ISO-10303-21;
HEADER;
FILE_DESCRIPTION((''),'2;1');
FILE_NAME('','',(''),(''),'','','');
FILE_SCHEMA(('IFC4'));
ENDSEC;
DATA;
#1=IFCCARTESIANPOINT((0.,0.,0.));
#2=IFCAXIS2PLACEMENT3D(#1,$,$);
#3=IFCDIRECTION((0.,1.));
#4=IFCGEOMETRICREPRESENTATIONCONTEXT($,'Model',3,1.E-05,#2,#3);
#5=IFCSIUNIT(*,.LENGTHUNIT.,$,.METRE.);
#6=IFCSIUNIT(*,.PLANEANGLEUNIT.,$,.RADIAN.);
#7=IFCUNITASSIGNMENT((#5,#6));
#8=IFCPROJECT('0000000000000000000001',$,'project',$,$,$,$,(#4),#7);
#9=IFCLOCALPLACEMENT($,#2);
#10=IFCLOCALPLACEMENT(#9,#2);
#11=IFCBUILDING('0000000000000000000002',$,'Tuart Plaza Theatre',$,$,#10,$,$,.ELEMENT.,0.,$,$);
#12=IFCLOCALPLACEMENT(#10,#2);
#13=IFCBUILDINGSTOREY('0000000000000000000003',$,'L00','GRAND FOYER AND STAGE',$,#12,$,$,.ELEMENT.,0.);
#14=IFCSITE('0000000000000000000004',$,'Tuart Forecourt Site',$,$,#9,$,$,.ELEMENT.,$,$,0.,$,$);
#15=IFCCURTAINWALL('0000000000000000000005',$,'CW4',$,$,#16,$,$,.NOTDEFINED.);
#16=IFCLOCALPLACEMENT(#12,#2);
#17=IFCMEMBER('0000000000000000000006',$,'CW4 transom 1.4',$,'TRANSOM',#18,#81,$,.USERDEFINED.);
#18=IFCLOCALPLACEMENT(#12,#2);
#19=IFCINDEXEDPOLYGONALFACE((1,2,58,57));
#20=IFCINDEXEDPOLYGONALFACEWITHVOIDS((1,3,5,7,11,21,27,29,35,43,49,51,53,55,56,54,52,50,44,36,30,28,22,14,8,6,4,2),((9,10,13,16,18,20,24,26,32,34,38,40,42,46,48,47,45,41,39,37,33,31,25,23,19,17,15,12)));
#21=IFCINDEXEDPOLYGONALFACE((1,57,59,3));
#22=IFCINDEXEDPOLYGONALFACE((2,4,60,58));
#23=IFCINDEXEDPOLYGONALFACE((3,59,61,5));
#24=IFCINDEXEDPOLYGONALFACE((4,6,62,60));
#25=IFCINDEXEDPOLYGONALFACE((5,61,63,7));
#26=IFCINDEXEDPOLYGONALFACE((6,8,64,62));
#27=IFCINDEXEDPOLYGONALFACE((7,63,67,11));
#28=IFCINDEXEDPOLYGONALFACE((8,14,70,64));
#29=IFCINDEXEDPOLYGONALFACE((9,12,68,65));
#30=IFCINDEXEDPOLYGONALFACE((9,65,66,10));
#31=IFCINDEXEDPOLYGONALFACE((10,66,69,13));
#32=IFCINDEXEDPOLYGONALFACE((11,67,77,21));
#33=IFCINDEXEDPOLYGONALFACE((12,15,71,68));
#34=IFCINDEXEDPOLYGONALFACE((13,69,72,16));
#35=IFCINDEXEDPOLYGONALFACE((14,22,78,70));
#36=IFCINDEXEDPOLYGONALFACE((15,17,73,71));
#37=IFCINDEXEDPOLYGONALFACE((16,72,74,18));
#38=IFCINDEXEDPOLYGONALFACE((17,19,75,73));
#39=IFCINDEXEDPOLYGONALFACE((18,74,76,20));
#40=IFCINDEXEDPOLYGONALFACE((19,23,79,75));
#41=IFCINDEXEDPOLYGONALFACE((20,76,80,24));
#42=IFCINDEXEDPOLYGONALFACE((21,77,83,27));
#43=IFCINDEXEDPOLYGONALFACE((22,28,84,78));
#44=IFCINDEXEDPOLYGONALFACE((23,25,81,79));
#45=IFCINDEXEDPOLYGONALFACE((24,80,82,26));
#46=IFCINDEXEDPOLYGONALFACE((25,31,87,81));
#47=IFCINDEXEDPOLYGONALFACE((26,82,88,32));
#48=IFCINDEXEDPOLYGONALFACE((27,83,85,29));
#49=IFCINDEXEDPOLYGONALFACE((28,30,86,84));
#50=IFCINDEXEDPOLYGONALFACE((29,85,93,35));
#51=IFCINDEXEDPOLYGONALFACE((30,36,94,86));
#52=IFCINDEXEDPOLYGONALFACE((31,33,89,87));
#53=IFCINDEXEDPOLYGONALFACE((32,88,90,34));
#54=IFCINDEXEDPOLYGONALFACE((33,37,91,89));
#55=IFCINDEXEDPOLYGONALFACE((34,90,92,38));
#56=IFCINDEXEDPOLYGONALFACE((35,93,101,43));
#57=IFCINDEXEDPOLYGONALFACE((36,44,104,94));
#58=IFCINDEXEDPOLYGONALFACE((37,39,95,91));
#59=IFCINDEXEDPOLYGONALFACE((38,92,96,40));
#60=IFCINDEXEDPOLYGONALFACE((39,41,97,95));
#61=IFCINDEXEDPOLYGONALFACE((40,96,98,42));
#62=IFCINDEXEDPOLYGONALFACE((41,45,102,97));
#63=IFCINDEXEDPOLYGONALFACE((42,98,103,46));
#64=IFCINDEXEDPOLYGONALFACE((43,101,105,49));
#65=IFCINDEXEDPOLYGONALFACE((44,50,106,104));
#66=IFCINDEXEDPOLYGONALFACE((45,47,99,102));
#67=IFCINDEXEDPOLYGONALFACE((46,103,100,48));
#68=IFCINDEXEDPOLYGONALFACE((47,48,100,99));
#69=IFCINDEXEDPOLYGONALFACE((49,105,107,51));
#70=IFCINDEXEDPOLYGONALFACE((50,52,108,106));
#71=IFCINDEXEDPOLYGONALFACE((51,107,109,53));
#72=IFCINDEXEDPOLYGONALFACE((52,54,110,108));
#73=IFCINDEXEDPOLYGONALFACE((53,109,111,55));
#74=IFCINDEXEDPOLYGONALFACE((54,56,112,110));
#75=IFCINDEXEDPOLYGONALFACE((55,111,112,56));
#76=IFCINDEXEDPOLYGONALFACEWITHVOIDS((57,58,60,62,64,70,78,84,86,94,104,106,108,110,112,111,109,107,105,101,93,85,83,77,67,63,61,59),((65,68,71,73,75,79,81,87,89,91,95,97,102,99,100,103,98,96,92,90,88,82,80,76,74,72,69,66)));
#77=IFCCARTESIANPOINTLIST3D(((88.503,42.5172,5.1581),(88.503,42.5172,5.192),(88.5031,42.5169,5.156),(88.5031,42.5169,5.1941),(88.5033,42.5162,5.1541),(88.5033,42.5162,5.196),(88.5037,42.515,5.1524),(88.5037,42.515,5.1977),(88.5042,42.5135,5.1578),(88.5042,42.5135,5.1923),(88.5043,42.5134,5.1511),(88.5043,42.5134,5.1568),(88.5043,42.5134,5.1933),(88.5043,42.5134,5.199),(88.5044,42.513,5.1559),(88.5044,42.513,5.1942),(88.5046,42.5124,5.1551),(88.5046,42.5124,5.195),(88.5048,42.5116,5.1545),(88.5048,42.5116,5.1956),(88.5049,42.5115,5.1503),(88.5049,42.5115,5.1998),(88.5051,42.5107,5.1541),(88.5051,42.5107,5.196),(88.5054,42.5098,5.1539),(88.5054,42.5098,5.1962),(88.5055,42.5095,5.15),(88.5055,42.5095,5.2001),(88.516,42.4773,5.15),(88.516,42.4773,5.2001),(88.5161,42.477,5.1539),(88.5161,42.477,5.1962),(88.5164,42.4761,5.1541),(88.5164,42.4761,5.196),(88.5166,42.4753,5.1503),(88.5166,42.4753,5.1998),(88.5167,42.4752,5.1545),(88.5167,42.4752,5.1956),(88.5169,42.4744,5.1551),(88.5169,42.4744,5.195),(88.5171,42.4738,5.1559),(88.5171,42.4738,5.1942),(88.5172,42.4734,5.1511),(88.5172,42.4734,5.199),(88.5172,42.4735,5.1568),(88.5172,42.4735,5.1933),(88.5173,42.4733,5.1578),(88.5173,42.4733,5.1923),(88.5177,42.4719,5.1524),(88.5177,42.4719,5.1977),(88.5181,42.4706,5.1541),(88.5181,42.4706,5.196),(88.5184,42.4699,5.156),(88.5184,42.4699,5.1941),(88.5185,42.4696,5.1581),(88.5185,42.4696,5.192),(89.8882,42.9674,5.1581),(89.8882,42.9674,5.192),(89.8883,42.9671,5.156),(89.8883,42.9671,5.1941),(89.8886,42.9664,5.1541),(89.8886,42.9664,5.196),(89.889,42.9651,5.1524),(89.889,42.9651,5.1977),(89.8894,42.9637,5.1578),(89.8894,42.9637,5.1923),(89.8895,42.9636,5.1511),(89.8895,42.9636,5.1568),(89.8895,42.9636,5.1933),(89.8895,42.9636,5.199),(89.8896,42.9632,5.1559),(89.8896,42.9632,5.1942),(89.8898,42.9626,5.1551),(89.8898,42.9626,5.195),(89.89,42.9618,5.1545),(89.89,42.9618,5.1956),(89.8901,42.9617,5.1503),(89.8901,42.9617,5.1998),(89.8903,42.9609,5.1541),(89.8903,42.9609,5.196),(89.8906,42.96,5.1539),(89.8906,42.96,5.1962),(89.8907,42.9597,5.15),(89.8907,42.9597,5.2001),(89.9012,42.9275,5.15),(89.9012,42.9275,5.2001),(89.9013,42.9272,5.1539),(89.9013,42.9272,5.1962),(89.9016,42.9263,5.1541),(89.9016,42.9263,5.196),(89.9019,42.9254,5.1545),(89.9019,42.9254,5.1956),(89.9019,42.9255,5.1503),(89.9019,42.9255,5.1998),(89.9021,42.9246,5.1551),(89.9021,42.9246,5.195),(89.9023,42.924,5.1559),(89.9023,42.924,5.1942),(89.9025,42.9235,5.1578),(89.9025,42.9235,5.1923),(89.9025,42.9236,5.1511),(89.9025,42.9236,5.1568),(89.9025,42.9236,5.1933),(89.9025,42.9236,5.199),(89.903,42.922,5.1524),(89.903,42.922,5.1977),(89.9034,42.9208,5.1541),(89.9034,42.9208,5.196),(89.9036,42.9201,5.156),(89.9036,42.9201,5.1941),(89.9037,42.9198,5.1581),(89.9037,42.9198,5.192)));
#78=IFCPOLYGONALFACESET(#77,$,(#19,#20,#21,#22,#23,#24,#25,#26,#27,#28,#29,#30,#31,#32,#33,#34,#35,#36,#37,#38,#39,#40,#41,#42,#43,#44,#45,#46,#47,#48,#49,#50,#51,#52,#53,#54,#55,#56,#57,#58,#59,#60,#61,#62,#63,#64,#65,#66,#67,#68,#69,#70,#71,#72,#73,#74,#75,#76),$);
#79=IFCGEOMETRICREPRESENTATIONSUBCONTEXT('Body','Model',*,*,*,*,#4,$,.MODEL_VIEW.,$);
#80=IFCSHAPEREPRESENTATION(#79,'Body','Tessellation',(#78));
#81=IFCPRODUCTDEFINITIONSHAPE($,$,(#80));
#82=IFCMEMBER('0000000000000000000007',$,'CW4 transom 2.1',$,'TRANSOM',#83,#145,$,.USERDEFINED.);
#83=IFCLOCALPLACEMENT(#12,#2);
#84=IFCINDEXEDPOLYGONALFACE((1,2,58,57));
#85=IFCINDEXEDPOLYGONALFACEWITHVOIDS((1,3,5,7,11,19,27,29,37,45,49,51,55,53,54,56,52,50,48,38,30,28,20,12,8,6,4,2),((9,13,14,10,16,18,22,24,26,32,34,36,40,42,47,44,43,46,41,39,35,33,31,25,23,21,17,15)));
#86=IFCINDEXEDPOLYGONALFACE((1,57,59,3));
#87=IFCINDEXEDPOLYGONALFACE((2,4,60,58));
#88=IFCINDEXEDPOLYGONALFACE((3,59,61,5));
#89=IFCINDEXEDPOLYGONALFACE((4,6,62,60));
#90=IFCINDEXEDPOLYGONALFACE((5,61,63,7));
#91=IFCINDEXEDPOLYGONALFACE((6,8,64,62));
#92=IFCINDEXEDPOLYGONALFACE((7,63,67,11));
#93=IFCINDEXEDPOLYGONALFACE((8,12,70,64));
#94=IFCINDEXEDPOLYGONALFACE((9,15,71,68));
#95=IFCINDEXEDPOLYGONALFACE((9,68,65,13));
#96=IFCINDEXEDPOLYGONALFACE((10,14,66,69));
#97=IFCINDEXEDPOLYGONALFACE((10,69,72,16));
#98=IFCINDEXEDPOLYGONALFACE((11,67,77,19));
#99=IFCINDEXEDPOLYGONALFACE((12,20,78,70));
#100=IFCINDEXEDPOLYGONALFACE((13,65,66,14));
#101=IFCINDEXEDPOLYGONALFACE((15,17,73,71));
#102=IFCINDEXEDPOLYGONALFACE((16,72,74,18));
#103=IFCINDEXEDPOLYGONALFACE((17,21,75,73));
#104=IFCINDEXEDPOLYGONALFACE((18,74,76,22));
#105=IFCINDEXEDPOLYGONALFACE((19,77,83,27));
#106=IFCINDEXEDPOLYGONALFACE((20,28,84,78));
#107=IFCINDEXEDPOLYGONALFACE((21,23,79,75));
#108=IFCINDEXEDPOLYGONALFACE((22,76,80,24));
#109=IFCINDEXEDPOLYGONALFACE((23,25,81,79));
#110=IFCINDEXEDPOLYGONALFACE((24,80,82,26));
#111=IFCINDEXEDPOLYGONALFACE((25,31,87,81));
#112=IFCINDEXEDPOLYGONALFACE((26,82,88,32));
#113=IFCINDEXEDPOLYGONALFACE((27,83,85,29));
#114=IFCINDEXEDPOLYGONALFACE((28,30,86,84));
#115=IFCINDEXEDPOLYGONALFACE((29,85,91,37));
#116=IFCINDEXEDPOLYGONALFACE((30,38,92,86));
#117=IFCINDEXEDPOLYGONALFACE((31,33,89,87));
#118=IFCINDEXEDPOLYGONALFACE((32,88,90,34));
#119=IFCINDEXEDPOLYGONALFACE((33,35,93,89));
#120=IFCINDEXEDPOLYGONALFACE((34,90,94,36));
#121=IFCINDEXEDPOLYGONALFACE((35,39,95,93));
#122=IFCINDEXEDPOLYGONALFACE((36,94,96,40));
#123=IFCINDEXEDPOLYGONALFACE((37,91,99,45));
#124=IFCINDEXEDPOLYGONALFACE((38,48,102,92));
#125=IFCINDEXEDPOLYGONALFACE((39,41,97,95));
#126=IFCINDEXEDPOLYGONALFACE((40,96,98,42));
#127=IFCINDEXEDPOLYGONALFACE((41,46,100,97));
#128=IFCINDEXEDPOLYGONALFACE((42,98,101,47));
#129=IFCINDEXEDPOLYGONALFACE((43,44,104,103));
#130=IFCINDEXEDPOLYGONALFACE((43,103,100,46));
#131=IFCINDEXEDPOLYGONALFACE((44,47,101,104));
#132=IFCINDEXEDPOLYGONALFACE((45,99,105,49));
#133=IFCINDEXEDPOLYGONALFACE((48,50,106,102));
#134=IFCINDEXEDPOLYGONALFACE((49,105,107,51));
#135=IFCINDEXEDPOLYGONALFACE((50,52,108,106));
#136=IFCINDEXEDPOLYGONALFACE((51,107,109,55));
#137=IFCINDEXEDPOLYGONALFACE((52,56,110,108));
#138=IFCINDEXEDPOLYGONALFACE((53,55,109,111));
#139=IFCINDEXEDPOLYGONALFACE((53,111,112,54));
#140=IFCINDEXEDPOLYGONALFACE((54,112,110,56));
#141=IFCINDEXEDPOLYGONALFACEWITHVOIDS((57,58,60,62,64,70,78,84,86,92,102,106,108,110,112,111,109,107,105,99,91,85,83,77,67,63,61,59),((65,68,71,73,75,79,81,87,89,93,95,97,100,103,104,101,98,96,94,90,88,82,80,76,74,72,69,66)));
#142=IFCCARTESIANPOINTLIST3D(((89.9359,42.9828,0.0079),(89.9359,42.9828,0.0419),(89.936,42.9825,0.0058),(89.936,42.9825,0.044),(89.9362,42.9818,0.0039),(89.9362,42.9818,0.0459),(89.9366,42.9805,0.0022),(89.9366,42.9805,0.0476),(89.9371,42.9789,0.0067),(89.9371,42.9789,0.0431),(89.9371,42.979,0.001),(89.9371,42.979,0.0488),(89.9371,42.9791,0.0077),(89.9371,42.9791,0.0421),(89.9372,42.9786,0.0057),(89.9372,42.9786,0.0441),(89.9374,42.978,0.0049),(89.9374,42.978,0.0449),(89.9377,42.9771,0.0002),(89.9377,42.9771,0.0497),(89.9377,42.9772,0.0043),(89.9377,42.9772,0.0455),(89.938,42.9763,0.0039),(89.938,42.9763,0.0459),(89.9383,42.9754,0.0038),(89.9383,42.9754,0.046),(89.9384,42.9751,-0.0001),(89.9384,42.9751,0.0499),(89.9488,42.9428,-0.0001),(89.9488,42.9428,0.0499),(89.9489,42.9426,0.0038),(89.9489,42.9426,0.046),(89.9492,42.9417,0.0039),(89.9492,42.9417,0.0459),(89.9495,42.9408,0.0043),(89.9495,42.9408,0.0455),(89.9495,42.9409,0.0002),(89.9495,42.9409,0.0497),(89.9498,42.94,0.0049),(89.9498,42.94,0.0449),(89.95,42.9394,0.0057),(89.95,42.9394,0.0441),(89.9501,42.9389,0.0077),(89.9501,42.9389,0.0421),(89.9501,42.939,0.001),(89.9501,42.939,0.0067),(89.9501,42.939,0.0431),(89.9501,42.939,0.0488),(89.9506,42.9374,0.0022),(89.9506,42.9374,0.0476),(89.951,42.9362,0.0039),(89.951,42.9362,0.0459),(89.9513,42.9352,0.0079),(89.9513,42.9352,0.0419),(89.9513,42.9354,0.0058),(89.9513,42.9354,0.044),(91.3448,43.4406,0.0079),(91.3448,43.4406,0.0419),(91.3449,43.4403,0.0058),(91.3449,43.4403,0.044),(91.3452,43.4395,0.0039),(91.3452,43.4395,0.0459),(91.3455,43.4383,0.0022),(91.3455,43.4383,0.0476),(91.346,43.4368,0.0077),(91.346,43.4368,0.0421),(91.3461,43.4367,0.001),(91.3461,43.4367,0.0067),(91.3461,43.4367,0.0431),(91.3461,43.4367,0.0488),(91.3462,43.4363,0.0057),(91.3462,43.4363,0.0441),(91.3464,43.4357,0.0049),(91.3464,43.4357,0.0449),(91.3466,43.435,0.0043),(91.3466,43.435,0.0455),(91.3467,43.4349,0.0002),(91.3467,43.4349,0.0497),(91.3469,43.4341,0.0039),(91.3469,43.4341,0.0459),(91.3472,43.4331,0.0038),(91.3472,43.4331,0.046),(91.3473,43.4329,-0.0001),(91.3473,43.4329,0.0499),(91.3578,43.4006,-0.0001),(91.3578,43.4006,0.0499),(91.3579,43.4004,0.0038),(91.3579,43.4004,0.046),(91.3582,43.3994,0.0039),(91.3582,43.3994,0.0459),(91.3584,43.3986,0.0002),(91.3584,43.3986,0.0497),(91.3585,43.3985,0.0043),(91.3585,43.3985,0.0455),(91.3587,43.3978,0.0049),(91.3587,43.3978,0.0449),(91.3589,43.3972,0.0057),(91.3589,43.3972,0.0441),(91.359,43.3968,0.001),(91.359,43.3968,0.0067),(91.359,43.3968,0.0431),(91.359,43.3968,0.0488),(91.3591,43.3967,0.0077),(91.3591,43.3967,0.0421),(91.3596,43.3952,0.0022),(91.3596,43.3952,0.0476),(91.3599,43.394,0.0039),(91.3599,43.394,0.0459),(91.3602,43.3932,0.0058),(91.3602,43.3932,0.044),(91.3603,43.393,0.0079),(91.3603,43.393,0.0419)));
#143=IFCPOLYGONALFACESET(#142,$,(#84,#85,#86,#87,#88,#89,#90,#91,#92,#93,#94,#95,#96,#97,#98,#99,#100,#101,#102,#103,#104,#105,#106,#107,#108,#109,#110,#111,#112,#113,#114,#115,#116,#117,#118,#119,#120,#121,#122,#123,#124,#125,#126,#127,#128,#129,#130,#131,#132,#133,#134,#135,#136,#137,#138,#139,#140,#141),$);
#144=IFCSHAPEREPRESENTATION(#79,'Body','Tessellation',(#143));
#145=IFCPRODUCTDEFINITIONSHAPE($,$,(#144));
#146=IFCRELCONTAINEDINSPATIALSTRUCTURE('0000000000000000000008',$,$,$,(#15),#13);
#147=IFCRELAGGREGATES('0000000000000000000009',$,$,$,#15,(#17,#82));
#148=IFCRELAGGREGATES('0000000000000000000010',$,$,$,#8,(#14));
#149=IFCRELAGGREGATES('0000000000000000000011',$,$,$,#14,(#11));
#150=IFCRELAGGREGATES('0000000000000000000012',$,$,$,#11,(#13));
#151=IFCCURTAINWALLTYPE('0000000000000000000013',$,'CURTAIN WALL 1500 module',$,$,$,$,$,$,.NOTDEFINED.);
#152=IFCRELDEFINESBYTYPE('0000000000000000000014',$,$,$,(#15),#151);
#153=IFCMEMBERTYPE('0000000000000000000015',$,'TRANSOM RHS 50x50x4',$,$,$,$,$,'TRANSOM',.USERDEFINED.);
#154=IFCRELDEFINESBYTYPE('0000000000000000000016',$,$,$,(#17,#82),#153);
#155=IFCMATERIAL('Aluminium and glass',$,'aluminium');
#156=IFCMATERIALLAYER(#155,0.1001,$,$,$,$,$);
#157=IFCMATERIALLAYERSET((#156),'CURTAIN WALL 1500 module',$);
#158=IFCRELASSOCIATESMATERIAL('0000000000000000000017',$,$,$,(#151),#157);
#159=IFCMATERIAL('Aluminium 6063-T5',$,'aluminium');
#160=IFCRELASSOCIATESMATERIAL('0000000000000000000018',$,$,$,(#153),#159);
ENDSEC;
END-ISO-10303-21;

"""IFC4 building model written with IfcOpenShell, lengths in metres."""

from ifc_helpers import new_model, si_unit, direction, frame, origin, origin_2d, place, context, subcontext, project, spatial, hollow_rectangle, extrude, material, layer, layer_set, material_profile, profile_set, type_object, element, aggregate, save


model = new_model("IFC4")

# Units and contexts
model_context = context("Model", 3, precision=1e-05, world=origin(), true_north=direction((0.0, 1.0)))
body_context = subcontext(model_context, "Body", "Model", "MODEL_VIEW")
ifc_project = project(units=[si_unit("LENGTHUNIT", "METRE"), si_unit("PLANEANGLEUNIT", "RADIAN")], contexts=[model_context])

# Site, building, storey
site_placement = place(None, origin())
site = spatial("IfcSite", under=ifc_project, at=site_placement, Name="Tuart Forecourt Site", CompositionType="ELEMENT", RefElevation=0.0)
building_placement = place(site_placement, origin())
building = spatial("IfcBuilding", under=site, at=building_placement, Name="Tuart Plaza Theatre", CompositionType="ELEMENT", ElevationOfRefHeight=0.0)
storey_placement = place(building_placement, origin())
storey = spatial("IfcBuildingStorey", under=building, at=storey_placement, Name="L00", Description="GRAND FOYER AND STAGE", CompositionType="ELEMENT", Elevation=0.0)

# Shared definitions
ifc_material_1 = material(Name="Aluminium and glass", Category="aluminium")
ifc_layer_1 = layer(ifc_material_1, 0.1001)
ifc_layer_set_1 = layer_set([ifc_layer_1], Name="CURTAIN WALL 1500 module")
curtain_wall_type = type_object("IfcCurtainWallType", Name="CURTAIN WALL 1500 module", PredefinedType="NOTDEFINED", material=ifc_layer_set_1)

# Curtain wall
curtain_wall_1_placement = place(storey_placement, origin())
curtain_wall_1 = element("IfcCurtainWall", 1, at=curtain_wall_1_placement, inside=storey, type_object=curtain_wall_type, Name="CW4", PredefinedType="NOTDEFINED")

# Members
ifc_material_2 = material(Name="Aluminium 6063-T5", Category="aluminium")
ifc_material_profile_1 = material_profile(ifc_material_2, hollow_rectangle(XDim=0.05, YDim=0.05, WallThickness=0.0039, InnerFilletRadius=0.0039, OuterFilletRadius=0.0081, at=origin_2d()), Name="RHS 50x50x4")
ifc_profile_set_1 = profile_set([ifc_material_profile_1], Name="Aluminium 6063-T5")
member_type_1 = type_object("IfcMemberType", Name="TRANSOM RHS 50x50x4", ElementType="TRANSOM", PredefinedType="USERDEFINED", material=ifc_profile_set_1)
member_1_placement = place(storey_placement, frame((88.5107, 42.4934, 5.175), z_axis=(0.951037, 0.309078, 0.0), x_axis=(-0.309078, 0.951037, 0.0)))
member_1 = element("IfcMember", 2, at=member_1_placement, type_object=member_type_1, Name="CW4 transom 1.4", ObjectType="TRANSOM", PredefinedType="USERDEFINED", context=body_context, shape_type="SweptSolid", body=[
    extrude(hollow_rectangle(XDim=0.05, YDim=0.05, WallThickness=0.0039, InnerFilletRadius=0.0039, OuterFilletRadius=0.0081, at=origin_2d()), origin(), (0.0, 0.0, 1.0), 1.4565),
])
member_2_placement = place(storey_placement, frame((89.9436, 42.959, 0.0249), z_axis=(0.951062, 0.309, 0.0), x_axis=(-0.309, 0.951062, 0.0)))
member_2 = element("IfcMember", 3, at=member_2_placement, type_object=member_type_1, Name="CW4 transom 2.1", ObjectType="TRANSOM", PredefinedType="USERDEFINED", context=body_context, shape_type="SweptSolid", body=[
    extrude(hollow_rectangle(XDim=0.05, YDim=0.05, WallThickness=0.0039, InnerFilletRadius=0.0039, OuterFilletRadius=0.0081, at=origin_2d()), origin(), (0.0, 0.0, 1.0), 1.4814),
])

aggregate(curtain_wall_1, [member_1, member_2])

save(model, "model.ifc")
